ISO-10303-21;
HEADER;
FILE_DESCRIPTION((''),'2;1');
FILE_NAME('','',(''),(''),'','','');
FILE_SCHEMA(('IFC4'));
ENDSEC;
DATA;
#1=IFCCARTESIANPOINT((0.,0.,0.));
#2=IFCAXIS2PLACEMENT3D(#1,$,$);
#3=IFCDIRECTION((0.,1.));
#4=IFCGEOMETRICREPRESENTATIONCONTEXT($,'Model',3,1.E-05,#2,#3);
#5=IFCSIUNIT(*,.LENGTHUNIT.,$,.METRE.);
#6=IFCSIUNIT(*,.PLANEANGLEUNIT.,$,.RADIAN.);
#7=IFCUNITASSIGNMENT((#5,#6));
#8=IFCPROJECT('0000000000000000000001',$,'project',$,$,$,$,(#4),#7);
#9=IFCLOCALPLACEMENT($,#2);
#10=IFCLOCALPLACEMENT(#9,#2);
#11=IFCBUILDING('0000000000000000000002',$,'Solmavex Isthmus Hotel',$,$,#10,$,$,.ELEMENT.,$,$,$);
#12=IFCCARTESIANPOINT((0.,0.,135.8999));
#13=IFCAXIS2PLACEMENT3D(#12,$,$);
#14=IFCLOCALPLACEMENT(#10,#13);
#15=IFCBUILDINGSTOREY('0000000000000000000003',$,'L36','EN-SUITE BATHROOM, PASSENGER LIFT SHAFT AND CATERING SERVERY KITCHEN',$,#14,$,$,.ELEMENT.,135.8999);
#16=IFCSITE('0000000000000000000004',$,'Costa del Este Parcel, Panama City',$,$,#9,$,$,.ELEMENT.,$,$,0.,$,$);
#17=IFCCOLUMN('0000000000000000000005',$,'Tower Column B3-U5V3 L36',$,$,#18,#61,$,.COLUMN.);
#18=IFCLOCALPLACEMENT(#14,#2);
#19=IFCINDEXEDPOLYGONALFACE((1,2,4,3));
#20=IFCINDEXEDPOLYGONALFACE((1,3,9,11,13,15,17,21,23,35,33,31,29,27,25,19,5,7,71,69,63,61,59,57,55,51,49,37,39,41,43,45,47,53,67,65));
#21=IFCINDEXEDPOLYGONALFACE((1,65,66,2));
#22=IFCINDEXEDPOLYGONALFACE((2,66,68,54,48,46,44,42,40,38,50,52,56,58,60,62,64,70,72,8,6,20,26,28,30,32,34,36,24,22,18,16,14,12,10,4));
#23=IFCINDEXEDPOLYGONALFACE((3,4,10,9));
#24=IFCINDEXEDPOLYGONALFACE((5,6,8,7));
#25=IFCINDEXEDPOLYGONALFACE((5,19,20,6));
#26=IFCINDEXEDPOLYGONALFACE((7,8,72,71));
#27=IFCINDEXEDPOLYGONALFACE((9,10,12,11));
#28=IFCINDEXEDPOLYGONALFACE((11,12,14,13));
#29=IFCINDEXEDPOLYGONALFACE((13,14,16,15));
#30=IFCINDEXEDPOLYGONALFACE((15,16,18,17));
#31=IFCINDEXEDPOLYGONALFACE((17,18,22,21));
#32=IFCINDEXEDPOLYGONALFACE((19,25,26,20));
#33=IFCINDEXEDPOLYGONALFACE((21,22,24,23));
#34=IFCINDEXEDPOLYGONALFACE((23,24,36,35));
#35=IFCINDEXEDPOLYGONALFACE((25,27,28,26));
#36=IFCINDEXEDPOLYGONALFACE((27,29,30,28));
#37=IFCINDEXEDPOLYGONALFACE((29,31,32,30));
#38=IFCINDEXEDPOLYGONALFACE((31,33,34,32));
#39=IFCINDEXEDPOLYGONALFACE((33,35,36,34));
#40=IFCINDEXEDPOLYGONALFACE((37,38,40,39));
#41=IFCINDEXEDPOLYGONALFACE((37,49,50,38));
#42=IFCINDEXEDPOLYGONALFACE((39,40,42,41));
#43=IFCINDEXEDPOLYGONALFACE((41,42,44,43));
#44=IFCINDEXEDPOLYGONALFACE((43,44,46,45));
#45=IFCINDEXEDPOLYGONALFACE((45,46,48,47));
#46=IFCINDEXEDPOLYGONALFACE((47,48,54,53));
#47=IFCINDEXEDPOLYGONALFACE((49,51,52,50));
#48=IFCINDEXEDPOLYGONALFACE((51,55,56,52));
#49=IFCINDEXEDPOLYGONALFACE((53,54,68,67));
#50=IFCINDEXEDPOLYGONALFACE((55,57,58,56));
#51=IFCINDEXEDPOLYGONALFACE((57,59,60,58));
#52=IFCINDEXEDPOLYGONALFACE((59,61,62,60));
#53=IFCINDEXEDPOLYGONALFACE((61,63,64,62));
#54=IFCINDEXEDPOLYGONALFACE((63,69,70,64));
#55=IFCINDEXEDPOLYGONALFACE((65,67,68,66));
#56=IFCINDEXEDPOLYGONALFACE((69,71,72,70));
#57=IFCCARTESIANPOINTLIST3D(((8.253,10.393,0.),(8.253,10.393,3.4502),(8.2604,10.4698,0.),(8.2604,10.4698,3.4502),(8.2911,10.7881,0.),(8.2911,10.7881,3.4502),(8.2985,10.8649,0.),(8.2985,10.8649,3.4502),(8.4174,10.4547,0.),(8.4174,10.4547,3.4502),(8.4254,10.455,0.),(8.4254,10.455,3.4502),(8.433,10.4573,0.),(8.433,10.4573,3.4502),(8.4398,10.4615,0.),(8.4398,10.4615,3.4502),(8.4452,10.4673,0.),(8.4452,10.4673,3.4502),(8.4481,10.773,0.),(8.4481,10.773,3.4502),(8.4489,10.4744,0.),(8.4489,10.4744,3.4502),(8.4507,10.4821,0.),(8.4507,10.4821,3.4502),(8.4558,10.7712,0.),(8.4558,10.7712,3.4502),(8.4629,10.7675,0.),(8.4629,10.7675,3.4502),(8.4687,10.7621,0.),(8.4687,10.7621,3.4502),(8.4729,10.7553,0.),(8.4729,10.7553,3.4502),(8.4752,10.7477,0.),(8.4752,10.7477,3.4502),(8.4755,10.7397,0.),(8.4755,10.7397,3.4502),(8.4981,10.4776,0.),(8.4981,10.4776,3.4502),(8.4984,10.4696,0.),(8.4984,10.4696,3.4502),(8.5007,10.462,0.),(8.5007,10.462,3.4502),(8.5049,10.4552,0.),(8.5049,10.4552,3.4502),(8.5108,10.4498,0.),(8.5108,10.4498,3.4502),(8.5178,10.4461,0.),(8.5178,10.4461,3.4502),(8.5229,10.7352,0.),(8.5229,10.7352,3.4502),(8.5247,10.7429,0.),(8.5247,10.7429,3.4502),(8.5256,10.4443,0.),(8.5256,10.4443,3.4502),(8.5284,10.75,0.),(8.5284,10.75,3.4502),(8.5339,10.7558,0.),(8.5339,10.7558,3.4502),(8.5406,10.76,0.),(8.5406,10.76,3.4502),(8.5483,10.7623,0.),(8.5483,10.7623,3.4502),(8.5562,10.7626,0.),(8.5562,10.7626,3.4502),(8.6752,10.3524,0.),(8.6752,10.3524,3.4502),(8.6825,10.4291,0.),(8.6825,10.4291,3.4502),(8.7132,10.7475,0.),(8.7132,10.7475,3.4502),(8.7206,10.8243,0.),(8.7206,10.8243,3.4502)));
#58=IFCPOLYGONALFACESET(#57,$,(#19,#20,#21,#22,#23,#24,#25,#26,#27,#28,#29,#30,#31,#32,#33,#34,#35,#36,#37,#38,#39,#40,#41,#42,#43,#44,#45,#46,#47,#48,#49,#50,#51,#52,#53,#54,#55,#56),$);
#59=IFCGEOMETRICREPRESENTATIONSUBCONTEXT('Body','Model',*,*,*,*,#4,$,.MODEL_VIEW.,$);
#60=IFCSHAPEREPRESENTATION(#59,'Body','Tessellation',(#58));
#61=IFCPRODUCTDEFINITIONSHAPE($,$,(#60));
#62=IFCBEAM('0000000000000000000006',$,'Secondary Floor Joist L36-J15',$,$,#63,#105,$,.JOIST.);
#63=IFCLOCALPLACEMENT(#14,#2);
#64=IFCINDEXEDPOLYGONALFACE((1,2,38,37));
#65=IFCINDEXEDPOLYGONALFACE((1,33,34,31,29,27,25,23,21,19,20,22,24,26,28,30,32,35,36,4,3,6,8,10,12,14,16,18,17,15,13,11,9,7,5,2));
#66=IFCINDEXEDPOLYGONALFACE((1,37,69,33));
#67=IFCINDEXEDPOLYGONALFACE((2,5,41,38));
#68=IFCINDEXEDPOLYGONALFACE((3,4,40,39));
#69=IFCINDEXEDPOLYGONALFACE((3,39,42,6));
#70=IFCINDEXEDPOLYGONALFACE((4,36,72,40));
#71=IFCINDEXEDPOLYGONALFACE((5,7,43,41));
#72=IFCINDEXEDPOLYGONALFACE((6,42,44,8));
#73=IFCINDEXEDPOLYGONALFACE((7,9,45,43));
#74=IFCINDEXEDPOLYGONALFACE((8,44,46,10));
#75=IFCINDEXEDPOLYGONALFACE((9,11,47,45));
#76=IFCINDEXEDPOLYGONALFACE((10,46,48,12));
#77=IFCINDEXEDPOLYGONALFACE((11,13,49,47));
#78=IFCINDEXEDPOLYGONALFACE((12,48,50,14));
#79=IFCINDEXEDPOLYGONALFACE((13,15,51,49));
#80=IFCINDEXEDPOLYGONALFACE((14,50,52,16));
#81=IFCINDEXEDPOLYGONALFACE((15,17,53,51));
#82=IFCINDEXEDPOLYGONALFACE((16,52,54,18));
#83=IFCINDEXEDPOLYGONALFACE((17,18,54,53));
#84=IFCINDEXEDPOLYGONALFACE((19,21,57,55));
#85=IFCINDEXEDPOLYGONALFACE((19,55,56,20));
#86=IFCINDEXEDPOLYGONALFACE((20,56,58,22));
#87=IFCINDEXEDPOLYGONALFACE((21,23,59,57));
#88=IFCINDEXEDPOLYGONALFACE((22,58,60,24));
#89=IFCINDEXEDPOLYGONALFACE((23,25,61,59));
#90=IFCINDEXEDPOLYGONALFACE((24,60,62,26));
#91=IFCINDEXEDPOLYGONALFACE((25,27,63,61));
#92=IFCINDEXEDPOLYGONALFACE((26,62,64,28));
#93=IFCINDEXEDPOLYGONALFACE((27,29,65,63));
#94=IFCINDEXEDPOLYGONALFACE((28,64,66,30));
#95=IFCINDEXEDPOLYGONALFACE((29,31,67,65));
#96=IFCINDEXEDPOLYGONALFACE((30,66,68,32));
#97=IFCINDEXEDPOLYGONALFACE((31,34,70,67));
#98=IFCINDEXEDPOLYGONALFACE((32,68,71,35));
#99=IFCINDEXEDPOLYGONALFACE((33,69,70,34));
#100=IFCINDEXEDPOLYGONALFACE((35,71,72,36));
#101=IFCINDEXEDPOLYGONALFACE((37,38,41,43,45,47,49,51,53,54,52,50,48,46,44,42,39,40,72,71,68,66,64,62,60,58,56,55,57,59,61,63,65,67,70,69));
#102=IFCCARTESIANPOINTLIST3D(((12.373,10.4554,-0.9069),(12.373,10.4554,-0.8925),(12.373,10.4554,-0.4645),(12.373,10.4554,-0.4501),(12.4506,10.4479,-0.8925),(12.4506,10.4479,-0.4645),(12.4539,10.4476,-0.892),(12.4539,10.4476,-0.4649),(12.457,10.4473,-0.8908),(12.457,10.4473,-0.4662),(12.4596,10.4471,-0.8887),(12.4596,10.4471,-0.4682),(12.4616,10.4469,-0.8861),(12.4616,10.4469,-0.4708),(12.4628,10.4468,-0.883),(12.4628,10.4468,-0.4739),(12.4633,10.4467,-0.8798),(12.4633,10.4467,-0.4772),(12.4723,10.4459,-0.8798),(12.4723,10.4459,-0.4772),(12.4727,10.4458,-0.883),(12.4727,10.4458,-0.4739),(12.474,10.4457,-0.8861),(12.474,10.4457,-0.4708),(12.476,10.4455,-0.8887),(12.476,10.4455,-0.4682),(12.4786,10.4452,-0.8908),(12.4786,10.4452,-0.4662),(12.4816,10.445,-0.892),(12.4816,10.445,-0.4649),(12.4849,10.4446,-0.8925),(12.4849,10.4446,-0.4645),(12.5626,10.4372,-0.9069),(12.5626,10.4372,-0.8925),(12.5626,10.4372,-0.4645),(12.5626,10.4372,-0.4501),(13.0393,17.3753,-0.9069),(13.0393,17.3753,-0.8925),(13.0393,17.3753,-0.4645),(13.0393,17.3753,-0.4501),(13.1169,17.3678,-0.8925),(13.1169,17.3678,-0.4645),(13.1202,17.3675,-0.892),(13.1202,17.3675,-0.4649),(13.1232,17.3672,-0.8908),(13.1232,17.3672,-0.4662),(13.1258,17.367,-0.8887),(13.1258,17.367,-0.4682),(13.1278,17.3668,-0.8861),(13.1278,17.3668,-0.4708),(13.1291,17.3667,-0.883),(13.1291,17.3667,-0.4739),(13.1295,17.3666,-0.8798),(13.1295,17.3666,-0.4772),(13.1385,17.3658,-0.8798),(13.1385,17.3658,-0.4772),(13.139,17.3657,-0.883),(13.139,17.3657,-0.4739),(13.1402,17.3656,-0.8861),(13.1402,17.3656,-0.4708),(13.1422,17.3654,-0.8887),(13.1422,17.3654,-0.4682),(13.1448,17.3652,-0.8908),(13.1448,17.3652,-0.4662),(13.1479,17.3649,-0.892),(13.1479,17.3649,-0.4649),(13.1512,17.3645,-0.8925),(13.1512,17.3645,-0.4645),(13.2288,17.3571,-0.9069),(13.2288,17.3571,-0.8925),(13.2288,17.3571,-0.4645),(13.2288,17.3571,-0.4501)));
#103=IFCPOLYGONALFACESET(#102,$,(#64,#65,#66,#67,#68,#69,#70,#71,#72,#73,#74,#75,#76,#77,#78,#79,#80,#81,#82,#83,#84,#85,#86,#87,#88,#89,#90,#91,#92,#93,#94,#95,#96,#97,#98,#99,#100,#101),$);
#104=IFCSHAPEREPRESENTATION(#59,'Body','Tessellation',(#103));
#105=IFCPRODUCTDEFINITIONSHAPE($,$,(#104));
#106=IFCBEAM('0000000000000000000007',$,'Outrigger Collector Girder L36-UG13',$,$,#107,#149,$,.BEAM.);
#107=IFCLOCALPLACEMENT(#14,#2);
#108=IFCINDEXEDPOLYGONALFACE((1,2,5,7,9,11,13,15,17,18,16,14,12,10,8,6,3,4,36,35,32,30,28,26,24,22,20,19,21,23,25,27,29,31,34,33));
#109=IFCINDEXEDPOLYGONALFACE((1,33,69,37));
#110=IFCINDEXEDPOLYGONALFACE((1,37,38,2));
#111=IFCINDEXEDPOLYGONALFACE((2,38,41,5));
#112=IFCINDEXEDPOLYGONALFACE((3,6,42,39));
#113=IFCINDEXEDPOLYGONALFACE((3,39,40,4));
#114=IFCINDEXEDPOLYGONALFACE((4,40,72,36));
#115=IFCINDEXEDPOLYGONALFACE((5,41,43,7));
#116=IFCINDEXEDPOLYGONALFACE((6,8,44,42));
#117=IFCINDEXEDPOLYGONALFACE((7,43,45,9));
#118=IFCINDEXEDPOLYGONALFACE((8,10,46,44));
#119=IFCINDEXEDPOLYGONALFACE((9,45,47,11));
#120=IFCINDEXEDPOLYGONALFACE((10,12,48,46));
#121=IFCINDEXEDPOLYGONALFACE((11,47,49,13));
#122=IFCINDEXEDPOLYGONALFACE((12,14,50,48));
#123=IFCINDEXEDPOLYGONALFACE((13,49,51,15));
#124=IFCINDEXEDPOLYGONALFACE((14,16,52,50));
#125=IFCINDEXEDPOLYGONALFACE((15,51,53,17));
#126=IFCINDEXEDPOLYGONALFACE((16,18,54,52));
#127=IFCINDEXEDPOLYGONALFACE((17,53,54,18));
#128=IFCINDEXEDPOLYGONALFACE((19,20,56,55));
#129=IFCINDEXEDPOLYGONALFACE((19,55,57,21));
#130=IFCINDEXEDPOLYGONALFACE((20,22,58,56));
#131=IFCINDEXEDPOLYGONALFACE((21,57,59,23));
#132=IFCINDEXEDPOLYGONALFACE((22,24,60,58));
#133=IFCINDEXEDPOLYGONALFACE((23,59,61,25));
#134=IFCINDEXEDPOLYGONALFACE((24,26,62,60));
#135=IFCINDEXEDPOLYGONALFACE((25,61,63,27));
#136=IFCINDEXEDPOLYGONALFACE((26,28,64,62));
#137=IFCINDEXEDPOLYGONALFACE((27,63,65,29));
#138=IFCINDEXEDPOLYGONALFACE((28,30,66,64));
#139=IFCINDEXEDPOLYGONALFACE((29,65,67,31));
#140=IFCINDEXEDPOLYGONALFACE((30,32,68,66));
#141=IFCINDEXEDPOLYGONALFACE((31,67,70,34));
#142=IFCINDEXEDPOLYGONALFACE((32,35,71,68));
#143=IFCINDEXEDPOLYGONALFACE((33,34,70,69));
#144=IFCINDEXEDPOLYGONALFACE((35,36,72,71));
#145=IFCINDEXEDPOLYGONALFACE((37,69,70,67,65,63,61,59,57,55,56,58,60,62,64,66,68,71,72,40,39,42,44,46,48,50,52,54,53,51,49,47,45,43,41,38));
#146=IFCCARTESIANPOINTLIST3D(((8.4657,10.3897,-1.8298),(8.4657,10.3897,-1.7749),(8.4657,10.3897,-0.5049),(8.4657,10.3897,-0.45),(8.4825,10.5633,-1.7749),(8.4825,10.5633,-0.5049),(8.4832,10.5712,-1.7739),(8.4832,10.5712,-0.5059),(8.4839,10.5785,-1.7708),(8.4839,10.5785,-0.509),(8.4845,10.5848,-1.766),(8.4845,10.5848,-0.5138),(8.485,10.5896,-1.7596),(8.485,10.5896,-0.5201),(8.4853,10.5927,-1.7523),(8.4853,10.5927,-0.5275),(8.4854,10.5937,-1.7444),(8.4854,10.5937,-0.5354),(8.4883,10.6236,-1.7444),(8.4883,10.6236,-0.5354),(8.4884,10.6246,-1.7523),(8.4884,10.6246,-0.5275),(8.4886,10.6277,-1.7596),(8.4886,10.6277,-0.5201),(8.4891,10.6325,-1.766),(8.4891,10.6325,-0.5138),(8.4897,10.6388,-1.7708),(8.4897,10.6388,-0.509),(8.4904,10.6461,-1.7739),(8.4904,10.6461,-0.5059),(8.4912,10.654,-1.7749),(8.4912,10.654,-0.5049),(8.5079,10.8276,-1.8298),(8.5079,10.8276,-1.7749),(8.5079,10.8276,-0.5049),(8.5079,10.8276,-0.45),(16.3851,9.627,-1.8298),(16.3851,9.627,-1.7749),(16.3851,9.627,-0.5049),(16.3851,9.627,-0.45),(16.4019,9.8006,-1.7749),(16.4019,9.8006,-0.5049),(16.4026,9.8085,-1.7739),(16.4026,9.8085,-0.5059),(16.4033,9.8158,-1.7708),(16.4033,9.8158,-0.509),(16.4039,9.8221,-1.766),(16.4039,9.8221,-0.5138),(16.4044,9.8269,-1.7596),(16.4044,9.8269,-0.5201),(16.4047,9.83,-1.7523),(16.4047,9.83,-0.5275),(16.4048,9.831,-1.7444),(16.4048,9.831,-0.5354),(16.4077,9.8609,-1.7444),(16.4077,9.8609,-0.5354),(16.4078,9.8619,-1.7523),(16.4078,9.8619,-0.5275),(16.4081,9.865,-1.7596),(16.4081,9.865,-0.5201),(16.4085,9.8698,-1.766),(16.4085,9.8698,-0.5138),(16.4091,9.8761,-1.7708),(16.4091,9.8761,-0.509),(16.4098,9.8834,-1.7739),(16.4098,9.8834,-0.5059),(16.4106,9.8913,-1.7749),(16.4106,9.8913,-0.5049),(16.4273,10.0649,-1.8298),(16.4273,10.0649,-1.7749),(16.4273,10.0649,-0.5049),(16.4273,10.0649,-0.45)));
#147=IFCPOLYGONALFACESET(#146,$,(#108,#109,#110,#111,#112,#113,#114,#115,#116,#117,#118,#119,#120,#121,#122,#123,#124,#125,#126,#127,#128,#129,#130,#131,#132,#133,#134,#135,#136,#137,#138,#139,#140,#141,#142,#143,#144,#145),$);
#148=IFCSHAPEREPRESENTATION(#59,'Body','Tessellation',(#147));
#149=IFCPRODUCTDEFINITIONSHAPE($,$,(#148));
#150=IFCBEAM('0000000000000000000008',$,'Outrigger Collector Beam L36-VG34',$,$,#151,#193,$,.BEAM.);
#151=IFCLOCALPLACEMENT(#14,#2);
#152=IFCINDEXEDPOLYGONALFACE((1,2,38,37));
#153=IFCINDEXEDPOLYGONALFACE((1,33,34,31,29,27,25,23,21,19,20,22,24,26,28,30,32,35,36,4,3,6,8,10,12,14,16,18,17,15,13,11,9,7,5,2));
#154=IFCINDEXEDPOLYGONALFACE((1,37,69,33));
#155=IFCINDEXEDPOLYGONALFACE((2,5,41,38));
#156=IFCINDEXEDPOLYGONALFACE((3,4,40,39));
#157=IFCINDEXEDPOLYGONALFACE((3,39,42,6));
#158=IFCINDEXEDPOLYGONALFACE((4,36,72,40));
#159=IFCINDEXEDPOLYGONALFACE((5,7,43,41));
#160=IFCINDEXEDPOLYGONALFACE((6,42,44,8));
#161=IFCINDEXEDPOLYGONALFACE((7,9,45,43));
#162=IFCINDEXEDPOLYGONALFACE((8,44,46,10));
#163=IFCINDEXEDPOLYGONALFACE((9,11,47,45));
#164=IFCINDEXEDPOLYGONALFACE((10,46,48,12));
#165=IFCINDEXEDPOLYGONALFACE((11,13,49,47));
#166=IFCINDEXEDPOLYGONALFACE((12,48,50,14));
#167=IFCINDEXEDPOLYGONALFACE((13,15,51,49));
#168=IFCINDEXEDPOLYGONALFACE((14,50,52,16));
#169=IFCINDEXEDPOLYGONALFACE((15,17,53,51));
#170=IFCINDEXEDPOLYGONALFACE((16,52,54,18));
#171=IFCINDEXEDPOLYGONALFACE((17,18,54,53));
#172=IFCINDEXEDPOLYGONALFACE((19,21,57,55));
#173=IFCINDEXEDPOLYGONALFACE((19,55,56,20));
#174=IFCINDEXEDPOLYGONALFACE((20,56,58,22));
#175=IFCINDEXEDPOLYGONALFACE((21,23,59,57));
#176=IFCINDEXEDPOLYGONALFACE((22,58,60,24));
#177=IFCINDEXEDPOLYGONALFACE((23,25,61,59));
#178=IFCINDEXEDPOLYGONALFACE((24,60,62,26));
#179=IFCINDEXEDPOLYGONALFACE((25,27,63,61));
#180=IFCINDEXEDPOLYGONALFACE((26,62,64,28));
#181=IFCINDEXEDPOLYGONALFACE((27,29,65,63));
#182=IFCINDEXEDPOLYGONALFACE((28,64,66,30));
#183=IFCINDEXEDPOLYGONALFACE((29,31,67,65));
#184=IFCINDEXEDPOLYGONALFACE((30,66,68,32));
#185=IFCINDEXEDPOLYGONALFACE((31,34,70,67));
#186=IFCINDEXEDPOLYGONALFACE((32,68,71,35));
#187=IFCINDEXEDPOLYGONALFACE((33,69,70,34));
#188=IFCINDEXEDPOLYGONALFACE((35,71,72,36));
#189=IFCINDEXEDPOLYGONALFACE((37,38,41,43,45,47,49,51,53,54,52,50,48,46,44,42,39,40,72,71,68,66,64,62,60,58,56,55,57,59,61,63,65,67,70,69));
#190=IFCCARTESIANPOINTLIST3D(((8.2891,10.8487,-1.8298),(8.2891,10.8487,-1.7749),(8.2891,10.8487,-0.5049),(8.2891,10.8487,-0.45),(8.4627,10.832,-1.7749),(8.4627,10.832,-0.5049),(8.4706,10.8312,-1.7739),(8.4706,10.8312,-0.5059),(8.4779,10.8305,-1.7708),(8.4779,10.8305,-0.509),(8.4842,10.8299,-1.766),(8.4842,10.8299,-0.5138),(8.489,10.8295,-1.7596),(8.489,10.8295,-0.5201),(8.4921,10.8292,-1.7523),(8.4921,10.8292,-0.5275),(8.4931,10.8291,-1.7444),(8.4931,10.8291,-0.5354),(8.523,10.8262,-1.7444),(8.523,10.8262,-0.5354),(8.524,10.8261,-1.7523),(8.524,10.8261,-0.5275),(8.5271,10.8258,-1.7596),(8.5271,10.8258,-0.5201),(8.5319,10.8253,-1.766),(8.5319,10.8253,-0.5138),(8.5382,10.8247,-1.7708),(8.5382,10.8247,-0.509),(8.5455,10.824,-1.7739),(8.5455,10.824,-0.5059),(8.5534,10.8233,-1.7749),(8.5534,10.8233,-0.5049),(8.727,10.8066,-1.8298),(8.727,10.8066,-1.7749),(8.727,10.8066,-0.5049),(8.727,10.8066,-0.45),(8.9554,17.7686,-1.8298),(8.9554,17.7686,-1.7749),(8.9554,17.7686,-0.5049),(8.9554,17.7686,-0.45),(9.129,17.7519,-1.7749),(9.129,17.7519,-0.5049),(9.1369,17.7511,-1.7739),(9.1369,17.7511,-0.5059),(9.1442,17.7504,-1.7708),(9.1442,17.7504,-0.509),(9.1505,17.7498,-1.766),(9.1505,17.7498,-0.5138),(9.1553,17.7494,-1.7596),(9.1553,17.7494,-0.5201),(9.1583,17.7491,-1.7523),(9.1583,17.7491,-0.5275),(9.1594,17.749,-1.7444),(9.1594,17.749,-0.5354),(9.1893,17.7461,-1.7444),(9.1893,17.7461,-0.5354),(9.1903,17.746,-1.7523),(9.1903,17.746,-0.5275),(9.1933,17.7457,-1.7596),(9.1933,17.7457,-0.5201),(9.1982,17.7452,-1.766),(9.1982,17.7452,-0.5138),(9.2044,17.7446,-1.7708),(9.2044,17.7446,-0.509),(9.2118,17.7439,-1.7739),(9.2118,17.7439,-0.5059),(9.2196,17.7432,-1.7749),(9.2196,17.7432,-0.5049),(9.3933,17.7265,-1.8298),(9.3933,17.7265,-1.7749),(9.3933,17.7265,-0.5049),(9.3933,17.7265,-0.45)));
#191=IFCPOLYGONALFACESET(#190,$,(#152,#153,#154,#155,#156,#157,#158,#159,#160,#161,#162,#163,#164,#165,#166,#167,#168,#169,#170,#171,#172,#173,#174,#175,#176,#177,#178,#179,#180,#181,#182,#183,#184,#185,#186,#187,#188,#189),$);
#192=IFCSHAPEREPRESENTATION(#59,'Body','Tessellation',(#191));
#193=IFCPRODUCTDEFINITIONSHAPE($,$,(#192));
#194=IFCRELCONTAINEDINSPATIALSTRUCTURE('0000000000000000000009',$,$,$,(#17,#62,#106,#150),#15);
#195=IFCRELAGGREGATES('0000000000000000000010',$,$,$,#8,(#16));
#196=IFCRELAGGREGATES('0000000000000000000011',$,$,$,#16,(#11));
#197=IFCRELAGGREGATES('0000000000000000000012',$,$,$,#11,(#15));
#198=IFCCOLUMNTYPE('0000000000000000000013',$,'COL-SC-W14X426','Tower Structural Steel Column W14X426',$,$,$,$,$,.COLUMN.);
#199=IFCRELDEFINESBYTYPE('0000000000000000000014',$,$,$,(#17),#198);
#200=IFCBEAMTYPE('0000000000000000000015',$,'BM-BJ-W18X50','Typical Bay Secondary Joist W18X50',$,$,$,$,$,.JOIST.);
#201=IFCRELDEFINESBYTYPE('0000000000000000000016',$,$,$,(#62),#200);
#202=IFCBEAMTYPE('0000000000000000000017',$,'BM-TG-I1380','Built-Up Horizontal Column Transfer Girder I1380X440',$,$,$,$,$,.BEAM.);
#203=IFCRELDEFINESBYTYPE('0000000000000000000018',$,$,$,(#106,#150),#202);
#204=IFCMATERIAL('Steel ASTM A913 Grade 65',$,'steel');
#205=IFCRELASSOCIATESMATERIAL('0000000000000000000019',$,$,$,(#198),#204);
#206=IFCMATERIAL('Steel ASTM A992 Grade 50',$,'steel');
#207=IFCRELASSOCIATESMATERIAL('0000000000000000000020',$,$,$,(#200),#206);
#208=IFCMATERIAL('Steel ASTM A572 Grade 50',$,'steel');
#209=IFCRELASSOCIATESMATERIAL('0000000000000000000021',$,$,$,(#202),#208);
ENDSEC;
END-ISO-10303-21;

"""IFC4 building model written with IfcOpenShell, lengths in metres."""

from ifc_helpers import new_model, si_unit, direction, frame, origin, origin_2d, place, context, subcontext, project, spatial, i_section, extrude, material, material_profile, profile_set, type_object, element, save


model = new_model("IFC4")

# Units and contexts
model_context = context("Model", 3, precision=1e-05, world=origin(), true_north=direction((0.0, 1.0)))
body_context = subcontext(model_context, "Body", "Model", "MODEL_VIEW")
ifc_project = project(units=[si_unit("LENGTHUNIT", "METRE"), si_unit("PLANEANGLEUNIT", "RADIAN")], contexts=[model_context])

# Site, building, storey
site_placement = place(None, origin())
site = spatial("IfcSite", under=ifc_project, at=site_placement, Name="Costa del Este Parcel, Panama City", CompositionType="ELEMENT", RefElevation=0.0)
building_placement = place(site_placement, origin())
building = spatial("IfcBuilding", under=site, at=building_placement, Name="Solmavex Isthmus Hotel", CompositionType="ELEMENT")
storey_placement = place(building_placement, frame((0.0, 0.0, 135.8999)))
storey = spatial("IfcBuildingStorey", under=building, at=storey_placement, Name="L36", Description="EN-SUITE BATHROOM, PASSENGER LIFT SHAFT AND CATERING SERVERY KITCHEN", CompositionType="ELEMENT", Elevation=135.8999)

# Column
ifc_material_1 = material(Name="Steel ASTM A913 Grade 65", Category="steel")
ifc_material_profile_1 = material_profile(ifc_material_1, i_section(OverallWidth=0.4241, OverallDepth=0.4741, WebThickness=0.0476, FlangeThickness=0.0771, FilletRadius=0.0305, at=origin_2d()), Name="W14X426")
ifc_profile_set_1 = profile_set([ifc_material_profile_1], Name="Steel ASTM A913 Grade 65")
column_type = type_object("IfcColumnType", Name="COL-SC-W14X426", Description="Tower Structural Steel Column W14X426", PredefinedType="COLUMN", material=ifc_profile_set_1)
column_placement = place(storey_placement, frame((8.4868, 10.6086, 0.0), z_axis=(0.0, 0.0, 1.0), x_axis=(0.995396, -0.095846, 0.0)))
element("IfcColumn", 1, at=column_placement, inside=storey, type_object=column_type, Name="Tower Column B3-U5V3 L36", PredefinedType="COLUMN", context=body_context, shape_type="SweptSolid", body=[
    extrude(i_section(OverallWidth=0.4241, OverallDepth=0.4741, WebThickness=0.0476, FlangeThickness=0.0771, FilletRadius=0.0305, at=origin_2d()), origin(), (0.0, 0.0, 1.0), 3.4502),
])

# Beams
ifc_material_2 = material(Name="Steel ASTM A992 Grade 50", Category="steel")
ifc_material_profile_2 = material_profile(ifc_material_2, i_section(OverallWidth=0.1904, OverallDepth=0.4568, WebThickness=0.009, FlangeThickness=0.0144, FilletRadius=0.0127, at=origin_2d()), Name="W18X50")
ifc_profile_set_2 = profile_set([ifc_material_profile_2], Name="Steel ASTM A992 Grade 50")
beam_type_1 = type_object("IfcBeamType", Name="BM-BJ-W18X50", Description="Typical Bay Secondary Joist W18X50", PredefinedType="JOIST", material=ifc_profile_set_2)
beam_1_placement = place(storey_placement, frame((12.4678, 10.4463, -0.6785), z_axis=(0.095838, 0.995397, 0.0), x_axis=(-0.995397, 0.095838, 0.0)))
element("IfcBeam", 2, at=beam_1_placement, inside=storey, type_object=beam_type_1, Name="Secondary Floor Joist L36-J15", PredefinedType="JOIST", context=body_context, shape_type="SweptSolid", body=[
    extrude(i_section(OverallWidth=0.1904, OverallDepth=0.4568, WebThickness=0.009, FlangeThickness=0.0144, FilletRadius=0.0127, at=origin_2d()), origin(), (0.0, 0.0, 1.0), 6.9519),
])
ifc_material_3 = material(Name="Steel ASTM A572 Grade 50", Category="steel")
ifc_material_profile_3 = material_profile(ifc_material_3, i_section(OverallWidth=0.4399, OverallDepth=1.3799, WebThickness=0.03, FlangeThickness=0.0549, FilletRadius=0.0305, at=origin_2d()), Name="I1380X440")
ifc_profile_set_3 = profile_set([ifc_material_profile_3], Name="Steel ASTM A572 Grade 50")
beam_type_2 = type_object("IfcBeamType", Name="BM-TG-I1380", Description="Built-Up Horizontal Column Transfer Girder I1380X440", PredefinedType="BEAM", material=ifc_profile_set_3)
beam_2_placement = place(storey_placement, frame((8.4868, 10.6086, -1.1399), z_axis=(0.995395, -0.095863, 0.0), x_axis=(0.095863, 0.995395, 0.0)))
element("IfcBeam", 3, at=beam_2_placement, inside=storey, type_object=beam_type_2, Name="Outrigger Collector Girder L36-UG13", PredefinedType="BEAM", context=body_context, shape_type="SweptSolid", body=[
    extrude(i_section(OverallWidth=0.4399, OverallDepth=1.3799, WebThickness=0.03, FlangeThickness=0.0549, FilletRadius=0.0305, at=origin_2d()), origin(), (0.0, 0.0, 1.0), 7.9561),
])
beam_3_placement = place(storey_placement, frame((8.5081, 10.8276, -1.1399), z_axis=(0.095838, 0.995397, 0.0), x_axis=(-0.995397, 0.095838, 0.0)))
element("IfcBeam", 4, at=beam_3_placement, inside=storey, type_object=beam_type_2, Name="Outrigger Collector Beam L36-VG34", PredefinedType="BEAM", context=body_context, shape_type="SweptSolid", body=[
    extrude(i_section(OverallWidth=0.4399, OverallDepth=1.3799, WebThickness=0.03, FlangeThickness=0.0549, FilletRadius=0.0305, at=origin_2d()), origin(), (0.0, 0.0, 1.0), 6.9519),
])

save(model, "model.ifc")
